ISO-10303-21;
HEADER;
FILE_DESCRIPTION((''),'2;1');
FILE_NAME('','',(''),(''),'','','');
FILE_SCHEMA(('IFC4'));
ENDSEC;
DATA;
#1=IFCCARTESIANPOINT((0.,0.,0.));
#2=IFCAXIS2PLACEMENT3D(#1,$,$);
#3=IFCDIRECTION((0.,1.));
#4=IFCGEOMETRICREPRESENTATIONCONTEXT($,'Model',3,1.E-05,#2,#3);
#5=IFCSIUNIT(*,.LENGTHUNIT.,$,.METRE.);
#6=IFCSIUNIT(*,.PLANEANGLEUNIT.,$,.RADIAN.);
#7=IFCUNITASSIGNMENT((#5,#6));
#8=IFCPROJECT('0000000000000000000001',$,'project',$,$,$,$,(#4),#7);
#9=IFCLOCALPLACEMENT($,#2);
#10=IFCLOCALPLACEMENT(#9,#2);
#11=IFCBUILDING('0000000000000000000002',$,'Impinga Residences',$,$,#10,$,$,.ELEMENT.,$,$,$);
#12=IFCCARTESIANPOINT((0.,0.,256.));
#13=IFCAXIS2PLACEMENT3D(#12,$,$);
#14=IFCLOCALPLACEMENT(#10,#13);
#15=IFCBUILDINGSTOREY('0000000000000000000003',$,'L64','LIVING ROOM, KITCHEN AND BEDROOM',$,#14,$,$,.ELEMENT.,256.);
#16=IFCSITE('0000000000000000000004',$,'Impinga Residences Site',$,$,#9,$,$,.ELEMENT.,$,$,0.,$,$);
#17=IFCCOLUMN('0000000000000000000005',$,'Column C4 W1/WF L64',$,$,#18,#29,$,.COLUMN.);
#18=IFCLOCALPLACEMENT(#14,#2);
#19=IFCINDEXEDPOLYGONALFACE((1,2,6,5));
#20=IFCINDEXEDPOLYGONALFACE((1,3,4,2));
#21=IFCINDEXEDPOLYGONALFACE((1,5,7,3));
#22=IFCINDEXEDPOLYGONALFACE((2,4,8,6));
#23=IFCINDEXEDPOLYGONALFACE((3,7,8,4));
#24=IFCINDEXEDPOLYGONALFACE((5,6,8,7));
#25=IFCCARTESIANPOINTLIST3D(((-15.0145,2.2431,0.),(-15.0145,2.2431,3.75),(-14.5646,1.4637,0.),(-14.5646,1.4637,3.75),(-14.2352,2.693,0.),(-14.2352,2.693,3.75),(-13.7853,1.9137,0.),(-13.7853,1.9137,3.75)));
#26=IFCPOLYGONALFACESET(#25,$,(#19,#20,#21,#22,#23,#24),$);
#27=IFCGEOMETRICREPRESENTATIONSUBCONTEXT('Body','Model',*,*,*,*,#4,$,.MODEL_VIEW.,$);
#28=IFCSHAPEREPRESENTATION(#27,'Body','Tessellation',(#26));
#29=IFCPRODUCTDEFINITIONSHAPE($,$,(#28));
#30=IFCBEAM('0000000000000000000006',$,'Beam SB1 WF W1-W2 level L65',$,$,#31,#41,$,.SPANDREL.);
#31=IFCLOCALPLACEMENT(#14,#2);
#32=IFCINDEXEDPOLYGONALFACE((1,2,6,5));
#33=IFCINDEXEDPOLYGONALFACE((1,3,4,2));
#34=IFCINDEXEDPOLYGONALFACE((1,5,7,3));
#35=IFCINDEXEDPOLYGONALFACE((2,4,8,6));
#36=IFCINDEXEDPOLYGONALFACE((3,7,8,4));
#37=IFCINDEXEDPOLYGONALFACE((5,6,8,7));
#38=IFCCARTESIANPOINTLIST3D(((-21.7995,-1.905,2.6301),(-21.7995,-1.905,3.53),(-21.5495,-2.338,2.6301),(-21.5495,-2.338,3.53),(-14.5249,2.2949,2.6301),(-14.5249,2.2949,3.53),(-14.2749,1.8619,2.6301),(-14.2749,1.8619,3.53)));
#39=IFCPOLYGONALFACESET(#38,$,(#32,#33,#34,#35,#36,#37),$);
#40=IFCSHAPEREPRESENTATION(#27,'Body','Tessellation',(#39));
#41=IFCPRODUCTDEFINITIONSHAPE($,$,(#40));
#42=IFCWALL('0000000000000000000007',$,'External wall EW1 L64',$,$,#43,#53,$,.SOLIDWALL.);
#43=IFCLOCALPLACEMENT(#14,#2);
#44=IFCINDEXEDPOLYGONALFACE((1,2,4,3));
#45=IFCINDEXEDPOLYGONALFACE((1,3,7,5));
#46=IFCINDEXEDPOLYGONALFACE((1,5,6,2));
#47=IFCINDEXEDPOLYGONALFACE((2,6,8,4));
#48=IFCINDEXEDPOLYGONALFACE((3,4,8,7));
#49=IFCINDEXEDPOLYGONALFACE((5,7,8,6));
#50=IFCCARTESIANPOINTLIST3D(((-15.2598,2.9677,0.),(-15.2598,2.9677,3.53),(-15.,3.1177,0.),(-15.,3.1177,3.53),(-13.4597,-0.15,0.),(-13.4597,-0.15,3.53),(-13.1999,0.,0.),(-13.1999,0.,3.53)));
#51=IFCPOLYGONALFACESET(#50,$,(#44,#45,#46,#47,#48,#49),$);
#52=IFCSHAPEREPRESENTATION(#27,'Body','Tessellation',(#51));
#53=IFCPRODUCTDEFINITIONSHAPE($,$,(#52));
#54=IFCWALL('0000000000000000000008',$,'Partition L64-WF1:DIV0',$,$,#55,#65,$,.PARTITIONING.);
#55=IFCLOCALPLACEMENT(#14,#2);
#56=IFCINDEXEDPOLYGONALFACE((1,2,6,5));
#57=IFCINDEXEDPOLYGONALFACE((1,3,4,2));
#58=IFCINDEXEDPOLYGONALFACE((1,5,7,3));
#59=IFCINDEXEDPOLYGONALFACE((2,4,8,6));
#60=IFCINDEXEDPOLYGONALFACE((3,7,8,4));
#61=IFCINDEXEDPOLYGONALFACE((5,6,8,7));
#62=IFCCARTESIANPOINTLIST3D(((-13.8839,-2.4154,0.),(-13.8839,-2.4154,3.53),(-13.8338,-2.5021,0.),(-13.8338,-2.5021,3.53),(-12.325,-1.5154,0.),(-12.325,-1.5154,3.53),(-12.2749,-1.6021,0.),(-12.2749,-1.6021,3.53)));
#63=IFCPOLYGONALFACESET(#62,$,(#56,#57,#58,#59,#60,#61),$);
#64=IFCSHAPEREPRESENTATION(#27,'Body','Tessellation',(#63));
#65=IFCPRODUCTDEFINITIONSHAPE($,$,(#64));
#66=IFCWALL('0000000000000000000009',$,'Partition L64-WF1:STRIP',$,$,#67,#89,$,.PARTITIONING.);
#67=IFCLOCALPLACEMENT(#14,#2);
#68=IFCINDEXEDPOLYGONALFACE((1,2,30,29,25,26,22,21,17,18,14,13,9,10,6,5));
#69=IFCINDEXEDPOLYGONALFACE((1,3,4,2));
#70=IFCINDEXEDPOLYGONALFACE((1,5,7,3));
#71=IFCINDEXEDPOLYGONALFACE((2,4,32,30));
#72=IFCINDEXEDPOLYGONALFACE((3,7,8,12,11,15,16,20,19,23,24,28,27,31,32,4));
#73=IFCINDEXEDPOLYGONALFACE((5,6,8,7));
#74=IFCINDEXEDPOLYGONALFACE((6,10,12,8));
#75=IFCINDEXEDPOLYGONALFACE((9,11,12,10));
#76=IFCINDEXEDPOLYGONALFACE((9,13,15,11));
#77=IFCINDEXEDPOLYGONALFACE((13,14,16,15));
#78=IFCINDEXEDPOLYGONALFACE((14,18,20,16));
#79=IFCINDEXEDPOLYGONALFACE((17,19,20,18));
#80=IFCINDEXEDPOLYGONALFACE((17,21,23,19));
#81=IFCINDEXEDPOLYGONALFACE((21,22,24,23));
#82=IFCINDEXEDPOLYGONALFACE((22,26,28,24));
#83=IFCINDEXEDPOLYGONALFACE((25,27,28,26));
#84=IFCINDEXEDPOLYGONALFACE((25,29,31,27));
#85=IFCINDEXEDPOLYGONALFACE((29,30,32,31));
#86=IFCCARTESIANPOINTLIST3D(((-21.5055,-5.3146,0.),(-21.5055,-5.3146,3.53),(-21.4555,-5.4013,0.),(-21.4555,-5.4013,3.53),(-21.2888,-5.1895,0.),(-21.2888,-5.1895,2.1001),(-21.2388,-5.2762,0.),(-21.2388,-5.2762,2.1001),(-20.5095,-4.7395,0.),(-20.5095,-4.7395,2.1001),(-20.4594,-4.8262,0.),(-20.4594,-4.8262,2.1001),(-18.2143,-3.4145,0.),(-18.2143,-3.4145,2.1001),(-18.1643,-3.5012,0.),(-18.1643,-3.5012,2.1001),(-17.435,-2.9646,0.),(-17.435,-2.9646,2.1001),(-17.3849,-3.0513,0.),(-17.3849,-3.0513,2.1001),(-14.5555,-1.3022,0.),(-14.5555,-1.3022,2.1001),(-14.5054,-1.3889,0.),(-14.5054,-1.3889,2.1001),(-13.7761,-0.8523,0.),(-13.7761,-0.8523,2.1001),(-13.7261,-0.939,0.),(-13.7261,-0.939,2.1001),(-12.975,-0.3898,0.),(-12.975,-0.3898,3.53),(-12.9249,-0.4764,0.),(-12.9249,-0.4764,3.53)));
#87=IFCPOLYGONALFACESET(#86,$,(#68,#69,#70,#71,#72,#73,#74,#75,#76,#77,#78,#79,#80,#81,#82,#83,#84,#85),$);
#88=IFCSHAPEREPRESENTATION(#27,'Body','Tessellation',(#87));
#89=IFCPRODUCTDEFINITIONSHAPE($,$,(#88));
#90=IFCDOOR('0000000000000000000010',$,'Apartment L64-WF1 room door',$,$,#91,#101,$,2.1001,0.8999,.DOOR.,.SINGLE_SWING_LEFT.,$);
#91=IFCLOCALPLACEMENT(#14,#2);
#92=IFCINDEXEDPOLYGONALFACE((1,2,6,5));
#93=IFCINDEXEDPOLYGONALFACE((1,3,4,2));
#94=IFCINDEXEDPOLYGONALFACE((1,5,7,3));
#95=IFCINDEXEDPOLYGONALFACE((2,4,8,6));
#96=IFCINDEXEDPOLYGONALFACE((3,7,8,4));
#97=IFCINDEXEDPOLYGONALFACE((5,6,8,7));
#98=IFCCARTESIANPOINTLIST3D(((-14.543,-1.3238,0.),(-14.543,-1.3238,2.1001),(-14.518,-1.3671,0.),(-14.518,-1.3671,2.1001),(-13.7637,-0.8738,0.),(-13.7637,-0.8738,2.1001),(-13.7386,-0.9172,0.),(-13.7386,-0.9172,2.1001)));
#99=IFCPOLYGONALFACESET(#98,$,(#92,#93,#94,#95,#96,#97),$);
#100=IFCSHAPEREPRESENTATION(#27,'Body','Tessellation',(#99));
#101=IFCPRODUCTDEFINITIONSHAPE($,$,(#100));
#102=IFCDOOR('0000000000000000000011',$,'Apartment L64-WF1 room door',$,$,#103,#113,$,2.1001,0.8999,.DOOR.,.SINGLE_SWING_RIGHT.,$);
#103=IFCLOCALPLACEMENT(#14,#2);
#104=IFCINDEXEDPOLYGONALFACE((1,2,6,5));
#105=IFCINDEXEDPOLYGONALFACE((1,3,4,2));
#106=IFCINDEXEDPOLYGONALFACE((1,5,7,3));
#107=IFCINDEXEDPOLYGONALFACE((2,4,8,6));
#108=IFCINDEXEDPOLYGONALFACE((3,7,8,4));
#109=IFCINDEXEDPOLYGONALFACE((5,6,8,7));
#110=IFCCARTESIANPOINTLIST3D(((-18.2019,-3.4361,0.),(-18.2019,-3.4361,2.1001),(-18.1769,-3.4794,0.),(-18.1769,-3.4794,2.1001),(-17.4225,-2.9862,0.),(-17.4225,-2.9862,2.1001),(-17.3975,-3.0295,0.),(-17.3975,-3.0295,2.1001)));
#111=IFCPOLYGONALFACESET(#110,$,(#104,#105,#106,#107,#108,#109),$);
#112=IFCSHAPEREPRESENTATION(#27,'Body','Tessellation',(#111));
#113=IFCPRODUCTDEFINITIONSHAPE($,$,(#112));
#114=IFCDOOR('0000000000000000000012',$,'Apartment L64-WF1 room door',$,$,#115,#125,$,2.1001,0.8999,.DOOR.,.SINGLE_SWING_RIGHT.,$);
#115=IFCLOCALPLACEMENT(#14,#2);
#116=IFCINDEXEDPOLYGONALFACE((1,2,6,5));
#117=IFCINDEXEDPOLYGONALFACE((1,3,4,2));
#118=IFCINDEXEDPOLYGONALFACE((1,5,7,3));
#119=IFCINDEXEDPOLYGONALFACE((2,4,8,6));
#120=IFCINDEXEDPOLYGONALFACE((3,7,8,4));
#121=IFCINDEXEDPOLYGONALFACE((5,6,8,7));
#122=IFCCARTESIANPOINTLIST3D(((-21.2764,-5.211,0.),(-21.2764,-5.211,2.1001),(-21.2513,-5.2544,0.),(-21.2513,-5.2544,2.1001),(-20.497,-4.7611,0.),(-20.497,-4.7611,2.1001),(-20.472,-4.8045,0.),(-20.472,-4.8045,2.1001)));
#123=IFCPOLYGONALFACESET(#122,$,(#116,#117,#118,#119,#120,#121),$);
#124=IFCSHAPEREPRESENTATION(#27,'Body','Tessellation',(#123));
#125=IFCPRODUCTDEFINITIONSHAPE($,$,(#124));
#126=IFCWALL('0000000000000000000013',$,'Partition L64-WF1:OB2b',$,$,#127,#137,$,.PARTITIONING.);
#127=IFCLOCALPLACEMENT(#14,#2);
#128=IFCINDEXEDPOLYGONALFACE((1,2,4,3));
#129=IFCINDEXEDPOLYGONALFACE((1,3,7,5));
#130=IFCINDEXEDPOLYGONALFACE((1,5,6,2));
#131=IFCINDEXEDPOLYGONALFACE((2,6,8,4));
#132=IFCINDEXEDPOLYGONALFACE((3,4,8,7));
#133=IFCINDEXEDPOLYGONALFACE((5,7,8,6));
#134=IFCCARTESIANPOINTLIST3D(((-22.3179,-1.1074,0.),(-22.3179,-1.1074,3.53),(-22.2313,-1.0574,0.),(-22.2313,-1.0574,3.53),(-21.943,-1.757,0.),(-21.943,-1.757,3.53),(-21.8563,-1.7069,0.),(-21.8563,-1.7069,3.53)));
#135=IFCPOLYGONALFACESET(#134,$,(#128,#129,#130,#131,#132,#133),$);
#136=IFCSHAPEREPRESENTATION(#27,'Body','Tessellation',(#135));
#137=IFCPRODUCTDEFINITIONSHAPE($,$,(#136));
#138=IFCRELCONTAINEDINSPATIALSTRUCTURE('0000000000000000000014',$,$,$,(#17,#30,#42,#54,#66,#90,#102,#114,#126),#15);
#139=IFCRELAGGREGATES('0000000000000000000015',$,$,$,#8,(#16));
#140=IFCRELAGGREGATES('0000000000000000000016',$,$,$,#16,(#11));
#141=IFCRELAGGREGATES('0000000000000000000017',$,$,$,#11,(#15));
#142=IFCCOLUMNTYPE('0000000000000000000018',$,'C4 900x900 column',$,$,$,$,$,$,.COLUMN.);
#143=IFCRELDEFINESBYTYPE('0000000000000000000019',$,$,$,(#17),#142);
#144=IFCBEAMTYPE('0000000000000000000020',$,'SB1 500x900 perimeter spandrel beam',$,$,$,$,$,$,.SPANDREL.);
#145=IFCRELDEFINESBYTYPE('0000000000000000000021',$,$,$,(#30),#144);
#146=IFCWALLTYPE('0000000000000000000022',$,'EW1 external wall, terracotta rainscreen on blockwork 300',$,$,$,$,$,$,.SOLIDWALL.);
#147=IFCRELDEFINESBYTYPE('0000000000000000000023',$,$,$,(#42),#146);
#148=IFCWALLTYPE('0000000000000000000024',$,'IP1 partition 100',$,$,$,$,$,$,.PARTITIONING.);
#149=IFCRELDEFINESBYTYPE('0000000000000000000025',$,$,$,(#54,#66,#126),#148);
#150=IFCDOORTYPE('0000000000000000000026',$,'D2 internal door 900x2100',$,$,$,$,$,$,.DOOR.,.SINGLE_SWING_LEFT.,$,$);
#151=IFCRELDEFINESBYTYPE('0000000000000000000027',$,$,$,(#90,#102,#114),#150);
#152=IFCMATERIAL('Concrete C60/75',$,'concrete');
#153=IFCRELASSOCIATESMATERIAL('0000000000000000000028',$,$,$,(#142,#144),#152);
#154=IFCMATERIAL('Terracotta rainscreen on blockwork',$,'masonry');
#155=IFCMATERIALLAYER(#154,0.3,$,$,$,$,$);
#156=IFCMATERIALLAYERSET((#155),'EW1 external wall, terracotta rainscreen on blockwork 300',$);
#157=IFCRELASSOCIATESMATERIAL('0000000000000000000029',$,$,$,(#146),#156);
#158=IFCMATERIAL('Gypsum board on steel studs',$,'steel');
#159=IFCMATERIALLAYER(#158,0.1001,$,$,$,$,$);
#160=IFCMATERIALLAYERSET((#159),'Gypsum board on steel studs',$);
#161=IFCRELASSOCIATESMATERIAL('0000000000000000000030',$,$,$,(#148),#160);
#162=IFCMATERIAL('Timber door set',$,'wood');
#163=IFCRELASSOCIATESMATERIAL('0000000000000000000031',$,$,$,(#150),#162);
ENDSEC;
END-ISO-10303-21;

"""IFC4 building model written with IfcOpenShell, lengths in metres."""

from ifc_helpers import new_model, si_unit, direction, frame, frame_2d, origin, origin_2d, place, context, subcontext, project, spatial, rectangle, extrude, material, layer, layer_set, material_profile, profile_set, type_object, element, fill, save


model = new_model("IFC4")

# Units and contexts
model_context = context("Model", 3, precision=1e-05, world=origin(), true_north=direction((0.0, 1.0)))
body_context = subcontext(model_context, "Body", "Model", "MODEL_VIEW")
ifc_project = project(units=[si_unit("LENGTHUNIT", "METRE"), si_unit("PLANEANGLEUNIT", "RADIAN")], contexts=[model_context])

# Site, building, storey
site_placement = place(None, origin())
site = spatial("IfcSite", under=ifc_project, at=site_placement, Name="Impinga Residences Site", CompositionType="ELEMENT", RefElevation=0.0)
building_placement = place(site_placement, origin())
building = spatial("IfcBuilding", under=site, at=building_placement, Name="Impinga Residences", CompositionType="ELEMENT")
storey_placement = place(building_placement, frame((0.0, 0.0, 256.0)))
storey = spatial("IfcBuildingStorey", under=building, at=storey_placement, Name="L64", Description="LIVING ROOM, KITCHEN AND BEDROOM", CompositionType="ELEMENT", Elevation=256.0)

# Column
ifc_material_1 = material(Name="Concrete C60/75", Category="concrete")
ifc_material_profile_1 = material_profile(ifc_material_1, rectangle(XDim=0.8999, YDim=0.8999, at=origin_2d()), Name="RC 900x900")
ifc_profile_set_1 = profile_set([ifc_material_profile_1], Name="Concrete C60/75")
column_type = type_object("IfcColumnType", Name="C4 900x900 column", PredefinedType="COLUMN", material=ifc_profile_set_1)
column_placement = place(storey_placement, frame((-14.3999, 2.0784, 0.0), z_axis=(0.0, 0.0, 1.0), x_axis=(-0.5, 0.866025, 0.0)))
element("IfcColumn", 1, at=column_placement, inside=storey, type_object=column_type, Name="Column C4 W1/WF L64", PredefinedType="COLUMN", context=body_context, shape_type="SweptSolid", body=[
    extrude(rectangle(XDim=0.8999, YDim=0.8999, at=origin_2d()), origin(), (0.0, 0.0, 1.0), 3.75),
])

# Beam
ifc_material_profile_2 = material_profile(ifc_material_1, rectangle(XDim=0.5, YDim=0.8999, at=origin_2d()), Name="RC 500x900")
ifc_profile_set_2 = profile_set([ifc_material_profile_2], Name="Concrete C60/75")
beam_type = type_object("IfcBeamType", Name="SB1 500x900 perimeter spandrel beam", PredefinedType="SPANDREL", material=ifc_profile_set_2)
beam_placement = place(storey_placement, frame((-14.3999, 2.0784, 3.0801), z_axis=(-0.866029, -0.499993, 0.0), x_axis=(0.499993, -0.866029, 0.0)))
element("IfcBeam", 2, at=beam_placement, inside=storey, type_object=beam_type, Name="Beam SB1 WF W1-W2 level L65", PredefinedType="SPANDREL", context=body_context, shape_type="SweptSolid", body=[
    extrude(rectangle(XDim=0.5, YDim=0.8999, at=origin_2d()), origin(), (0.0, 0.0, 1.0), 8.3999),
])

# Walls
ifc_material_2 = material(Name="Terracotta rainscreen on blockwork", Category="masonry")
ifc_layer_1 = layer(ifc_material_2, 0.3)
ifc_layer_set_1 = layer_set([ifc_layer_1], Name="EW1 external wall, terracotta rainscreen on blockwork 300")
wall_type_1 = type_object("IfcWallType", Name="EW1 external wall, terracotta rainscreen on blockwork 300", PredefinedType="SOLIDWALL", material=ifc_layer_set_1)
wall_1_placement = place(storey_placement, frame((-15.1299, 3.0427, 0.0), z_axis=(0.0, 0.0, 1.0), x_axis=(0.500012, -0.866018, 0.0)))
element("IfcWall", 3, at=wall_1_placement, inside=storey, type_object=wall_type_1, Name="External wall EW1 L64", PredefinedType="SOLIDWALL", context=body_context, shape_type="SweptSolid", body=[
    extrude(rectangle(XDim=3.6001, YDim=0.3, at=frame_2d((1.8, 0.0))), origin(), (0.0, 0.0, 1.0), 3.53),
])
ifc_material_3 = material(Name="Gypsum board on steel studs", Category="steel")
ifc_layer_2 = layer(ifc_material_3, 0.1001)
ifc_layer_set_2 = layer_set([ifc_layer_2], Name="Gypsum board on steel studs")
wall_type_2 = type_object("IfcWallType", Name="IP1 partition 100", PredefinedType="PARTITIONING", material=ifc_layer_set_2)
wall_2_placement = place(storey_placement, frame((-12.3, -1.5588, 0.0), z_axis=(0.0, 0.0, 1.0), x_axis=(-0.866048, -0.499961, 0.0)))
element("IfcWall", 4, at=wall_2_placement, inside=storey, type_object=wall_type_2, Name="Partition L64-WF1:DIV0", PredefinedType="PARTITIONING", context=body_context, shape_type="SweptSolid", body=[
    extrude(rectangle(XDim=1.8, YDim=0.1001, at=frame_2d((0.8999, 0.0))), origin(), (0.0, 0.0, 1.0), 3.53),
])

# Wall, openings, doors
wall_3_placement = place(storey_placement, frame((-12.95, -0.4331, 0.0), z_axis=(0.0, 0.0, 1.0), x_axis=(-0.866038, -0.499978, 0.0)))
wall_3 = element("IfcWall", 5, at=wall_3_placement, inside=storey, type_object=wall_type_2, Name="Partition L64-WF1:STRIP", PredefinedType="PARTITIONING", context=body_context, shape_type="SweptSolid", body=[
    extrude(rectangle(XDim=9.8501, YDim=0.1001, at=frame_2d((4.925, 0.0))), origin(), (0.0, 0.0, 1.0), 3.53),
])
opening_1_placement = place(wall_3_placement, frame((0.925, 0.0, 0.0)))
opening_1 = element("IfcOpeningElement", 6, at=opening_1_placement, cuts=wall_3, PredefinedType="OPENING", context=body_context, shape_type="SweptSolid", body=[
    extrude(rectangle(XDim=0.8999, YDim=2.1001, at=frame_2d((0.45, 1.05))), frame((0.0, 0.0601, 0.0), z_axis=(0.0, -1.0, 0.0), x_axis=(1.0, 0.0, 0.0)), (0.0, 0.0, 1.0), 0.1201),
])
opening_2_placement = place(wall_3_placement, frame((5.1499, 0.0, 0.0)))
opening_2 = element("IfcOpeningElement", 7, at=opening_2_placement, cuts=wall_3, PredefinedType="OPENING", context=body_context, shape_type="SweptSolid", body=[
    extrude(rectangle(XDim=0.8999, YDim=2.1001, at=frame_2d((0.45, 1.05))), frame((0.0, 0.0601, 0.0), z_axis=(0.0, -1.0, 0.0), x_axis=(1.0, 0.0, 0.0)), (0.0, 0.0, 1.0), 0.1201),
])
opening_3_placement = place(wall_3_placement, frame((8.7, 0.0, 0.0)))
opening_3 = element("IfcOpeningElement", 8, at=opening_3_placement, cuts=wall_3, PredefinedType="OPENING", context=body_context, shape_type="SweptSolid", body=[
    extrude(rectangle(XDim=0.8999, YDim=2.1001, at=frame_2d((0.45, 1.05))), frame((0.0, 0.0601, 0.0), z_axis=(0.0, -1.0, 0.0), x_axis=(1.0, 0.0, 0.0)), (0.0, 0.0, 1.0), 0.1201),
])
ifc_material_4 = material(Name="Timber door set", Category="wood")
door_type_1 = type_object("IfcDoorType", Name="D2 internal door 900x2100", OperationType="SINGLE_SWING_LEFT", PredefinedType="DOOR", material=ifc_material_4)
door_1_placement = place(opening_1_placement, origin())
door_1 = element("IfcDoor", 9, at=door_1_placement, inside=storey, type_object=door_type_1, Name="Apartment L64-WF1 room door", OperationType="SINGLE_SWING_LEFT", OverallHeight=2.1001, OverallWidth=0.8999, PredefinedType="DOOR", context=body_context, shape_type="SweptSolid", body=[
    extrude(rectangle(XDim=0.8999, YDim=2.1001, at=frame_2d((0.45, 1.05))), frame((0.0, 0.0249, 0.0), z_axis=(0.0, -1.0, 0.0), x_axis=(1.0, 0.0, 0.0)), (0.0, 0.0, 1.0), 0.05),
])
fill(opening_1, door_1)
door_2_placement = place(opening_2_placement, origin())
door_2 = element("IfcDoor", 10, at=door_2_placement, inside=storey, type_object=door_type_1, Name="Apartment L64-WF1 room door", OperationType="SINGLE_SWING_RIGHT", OverallHeight=2.1001, OverallWidth=0.8999, PredefinedType="DOOR", context=body_context, shape_type="SweptSolid", body=[
    extrude(rectangle(XDim=0.8999, YDim=2.1001, at=frame_2d((0.45, 1.05))), frame((0.0, 0.0249, 0.0), z_axis=(0.0, -1.0, 0.0), x_axis=(1.0, 0.0, 0.0)), (0.0, 0.0, 1.0), 0.05),
])
fill(opening_2, door_2)
door_3_placement = place(opening_3_placement, origin())
door_3 = element("IfcDoor", 11, at=door_3_placement, inside=storey, type_object=door_type_1, Name="Apartment L64-WF1 room door", OperationType="SINGLE_SWING_RIGHT", OverallHeight=2.1001, OverallWidth=0.8999, PredefinedType="DOOR", context=body_context, shape_type="SweptSolid", body=[
    extrude(rectangle(XDim=0.8999, YDim=2.1001, at=frame_2d((0.45, 1.05))), frame((0.0, 0.0249, 0.0), z_axis=(0.0, -1.0, 0.0), x_axis=(1.0, 0.0, 0.0)), (0.0, 0.0, 1.0), 0.05),
])
fill(opening_3, door_3)

# Wall
wall_4_placement = place(storey_placement, frame((-21.8997, -1.7319, 0.0), z_axis=(0.0, 0.0, 1.0), x_axis=(-0.49992, 0.866072, 0.0)))
element("IfcWall", 12, at=wall_4_placement, inside=storey, type_object=wall_type_2, Name="Partition L64-WF1:OB2b", PredefinedType="PARTITIONING", context=body_context, shape_type="SweptSolid", body=[
    extrude(rectangle(XDim=0.75, YDim=0.1001, at=frame_2d((0.375, 0.0))), origin(), (0.0, 0.0, 1.0), 3.53),
])

save(model, "model.ifc")
